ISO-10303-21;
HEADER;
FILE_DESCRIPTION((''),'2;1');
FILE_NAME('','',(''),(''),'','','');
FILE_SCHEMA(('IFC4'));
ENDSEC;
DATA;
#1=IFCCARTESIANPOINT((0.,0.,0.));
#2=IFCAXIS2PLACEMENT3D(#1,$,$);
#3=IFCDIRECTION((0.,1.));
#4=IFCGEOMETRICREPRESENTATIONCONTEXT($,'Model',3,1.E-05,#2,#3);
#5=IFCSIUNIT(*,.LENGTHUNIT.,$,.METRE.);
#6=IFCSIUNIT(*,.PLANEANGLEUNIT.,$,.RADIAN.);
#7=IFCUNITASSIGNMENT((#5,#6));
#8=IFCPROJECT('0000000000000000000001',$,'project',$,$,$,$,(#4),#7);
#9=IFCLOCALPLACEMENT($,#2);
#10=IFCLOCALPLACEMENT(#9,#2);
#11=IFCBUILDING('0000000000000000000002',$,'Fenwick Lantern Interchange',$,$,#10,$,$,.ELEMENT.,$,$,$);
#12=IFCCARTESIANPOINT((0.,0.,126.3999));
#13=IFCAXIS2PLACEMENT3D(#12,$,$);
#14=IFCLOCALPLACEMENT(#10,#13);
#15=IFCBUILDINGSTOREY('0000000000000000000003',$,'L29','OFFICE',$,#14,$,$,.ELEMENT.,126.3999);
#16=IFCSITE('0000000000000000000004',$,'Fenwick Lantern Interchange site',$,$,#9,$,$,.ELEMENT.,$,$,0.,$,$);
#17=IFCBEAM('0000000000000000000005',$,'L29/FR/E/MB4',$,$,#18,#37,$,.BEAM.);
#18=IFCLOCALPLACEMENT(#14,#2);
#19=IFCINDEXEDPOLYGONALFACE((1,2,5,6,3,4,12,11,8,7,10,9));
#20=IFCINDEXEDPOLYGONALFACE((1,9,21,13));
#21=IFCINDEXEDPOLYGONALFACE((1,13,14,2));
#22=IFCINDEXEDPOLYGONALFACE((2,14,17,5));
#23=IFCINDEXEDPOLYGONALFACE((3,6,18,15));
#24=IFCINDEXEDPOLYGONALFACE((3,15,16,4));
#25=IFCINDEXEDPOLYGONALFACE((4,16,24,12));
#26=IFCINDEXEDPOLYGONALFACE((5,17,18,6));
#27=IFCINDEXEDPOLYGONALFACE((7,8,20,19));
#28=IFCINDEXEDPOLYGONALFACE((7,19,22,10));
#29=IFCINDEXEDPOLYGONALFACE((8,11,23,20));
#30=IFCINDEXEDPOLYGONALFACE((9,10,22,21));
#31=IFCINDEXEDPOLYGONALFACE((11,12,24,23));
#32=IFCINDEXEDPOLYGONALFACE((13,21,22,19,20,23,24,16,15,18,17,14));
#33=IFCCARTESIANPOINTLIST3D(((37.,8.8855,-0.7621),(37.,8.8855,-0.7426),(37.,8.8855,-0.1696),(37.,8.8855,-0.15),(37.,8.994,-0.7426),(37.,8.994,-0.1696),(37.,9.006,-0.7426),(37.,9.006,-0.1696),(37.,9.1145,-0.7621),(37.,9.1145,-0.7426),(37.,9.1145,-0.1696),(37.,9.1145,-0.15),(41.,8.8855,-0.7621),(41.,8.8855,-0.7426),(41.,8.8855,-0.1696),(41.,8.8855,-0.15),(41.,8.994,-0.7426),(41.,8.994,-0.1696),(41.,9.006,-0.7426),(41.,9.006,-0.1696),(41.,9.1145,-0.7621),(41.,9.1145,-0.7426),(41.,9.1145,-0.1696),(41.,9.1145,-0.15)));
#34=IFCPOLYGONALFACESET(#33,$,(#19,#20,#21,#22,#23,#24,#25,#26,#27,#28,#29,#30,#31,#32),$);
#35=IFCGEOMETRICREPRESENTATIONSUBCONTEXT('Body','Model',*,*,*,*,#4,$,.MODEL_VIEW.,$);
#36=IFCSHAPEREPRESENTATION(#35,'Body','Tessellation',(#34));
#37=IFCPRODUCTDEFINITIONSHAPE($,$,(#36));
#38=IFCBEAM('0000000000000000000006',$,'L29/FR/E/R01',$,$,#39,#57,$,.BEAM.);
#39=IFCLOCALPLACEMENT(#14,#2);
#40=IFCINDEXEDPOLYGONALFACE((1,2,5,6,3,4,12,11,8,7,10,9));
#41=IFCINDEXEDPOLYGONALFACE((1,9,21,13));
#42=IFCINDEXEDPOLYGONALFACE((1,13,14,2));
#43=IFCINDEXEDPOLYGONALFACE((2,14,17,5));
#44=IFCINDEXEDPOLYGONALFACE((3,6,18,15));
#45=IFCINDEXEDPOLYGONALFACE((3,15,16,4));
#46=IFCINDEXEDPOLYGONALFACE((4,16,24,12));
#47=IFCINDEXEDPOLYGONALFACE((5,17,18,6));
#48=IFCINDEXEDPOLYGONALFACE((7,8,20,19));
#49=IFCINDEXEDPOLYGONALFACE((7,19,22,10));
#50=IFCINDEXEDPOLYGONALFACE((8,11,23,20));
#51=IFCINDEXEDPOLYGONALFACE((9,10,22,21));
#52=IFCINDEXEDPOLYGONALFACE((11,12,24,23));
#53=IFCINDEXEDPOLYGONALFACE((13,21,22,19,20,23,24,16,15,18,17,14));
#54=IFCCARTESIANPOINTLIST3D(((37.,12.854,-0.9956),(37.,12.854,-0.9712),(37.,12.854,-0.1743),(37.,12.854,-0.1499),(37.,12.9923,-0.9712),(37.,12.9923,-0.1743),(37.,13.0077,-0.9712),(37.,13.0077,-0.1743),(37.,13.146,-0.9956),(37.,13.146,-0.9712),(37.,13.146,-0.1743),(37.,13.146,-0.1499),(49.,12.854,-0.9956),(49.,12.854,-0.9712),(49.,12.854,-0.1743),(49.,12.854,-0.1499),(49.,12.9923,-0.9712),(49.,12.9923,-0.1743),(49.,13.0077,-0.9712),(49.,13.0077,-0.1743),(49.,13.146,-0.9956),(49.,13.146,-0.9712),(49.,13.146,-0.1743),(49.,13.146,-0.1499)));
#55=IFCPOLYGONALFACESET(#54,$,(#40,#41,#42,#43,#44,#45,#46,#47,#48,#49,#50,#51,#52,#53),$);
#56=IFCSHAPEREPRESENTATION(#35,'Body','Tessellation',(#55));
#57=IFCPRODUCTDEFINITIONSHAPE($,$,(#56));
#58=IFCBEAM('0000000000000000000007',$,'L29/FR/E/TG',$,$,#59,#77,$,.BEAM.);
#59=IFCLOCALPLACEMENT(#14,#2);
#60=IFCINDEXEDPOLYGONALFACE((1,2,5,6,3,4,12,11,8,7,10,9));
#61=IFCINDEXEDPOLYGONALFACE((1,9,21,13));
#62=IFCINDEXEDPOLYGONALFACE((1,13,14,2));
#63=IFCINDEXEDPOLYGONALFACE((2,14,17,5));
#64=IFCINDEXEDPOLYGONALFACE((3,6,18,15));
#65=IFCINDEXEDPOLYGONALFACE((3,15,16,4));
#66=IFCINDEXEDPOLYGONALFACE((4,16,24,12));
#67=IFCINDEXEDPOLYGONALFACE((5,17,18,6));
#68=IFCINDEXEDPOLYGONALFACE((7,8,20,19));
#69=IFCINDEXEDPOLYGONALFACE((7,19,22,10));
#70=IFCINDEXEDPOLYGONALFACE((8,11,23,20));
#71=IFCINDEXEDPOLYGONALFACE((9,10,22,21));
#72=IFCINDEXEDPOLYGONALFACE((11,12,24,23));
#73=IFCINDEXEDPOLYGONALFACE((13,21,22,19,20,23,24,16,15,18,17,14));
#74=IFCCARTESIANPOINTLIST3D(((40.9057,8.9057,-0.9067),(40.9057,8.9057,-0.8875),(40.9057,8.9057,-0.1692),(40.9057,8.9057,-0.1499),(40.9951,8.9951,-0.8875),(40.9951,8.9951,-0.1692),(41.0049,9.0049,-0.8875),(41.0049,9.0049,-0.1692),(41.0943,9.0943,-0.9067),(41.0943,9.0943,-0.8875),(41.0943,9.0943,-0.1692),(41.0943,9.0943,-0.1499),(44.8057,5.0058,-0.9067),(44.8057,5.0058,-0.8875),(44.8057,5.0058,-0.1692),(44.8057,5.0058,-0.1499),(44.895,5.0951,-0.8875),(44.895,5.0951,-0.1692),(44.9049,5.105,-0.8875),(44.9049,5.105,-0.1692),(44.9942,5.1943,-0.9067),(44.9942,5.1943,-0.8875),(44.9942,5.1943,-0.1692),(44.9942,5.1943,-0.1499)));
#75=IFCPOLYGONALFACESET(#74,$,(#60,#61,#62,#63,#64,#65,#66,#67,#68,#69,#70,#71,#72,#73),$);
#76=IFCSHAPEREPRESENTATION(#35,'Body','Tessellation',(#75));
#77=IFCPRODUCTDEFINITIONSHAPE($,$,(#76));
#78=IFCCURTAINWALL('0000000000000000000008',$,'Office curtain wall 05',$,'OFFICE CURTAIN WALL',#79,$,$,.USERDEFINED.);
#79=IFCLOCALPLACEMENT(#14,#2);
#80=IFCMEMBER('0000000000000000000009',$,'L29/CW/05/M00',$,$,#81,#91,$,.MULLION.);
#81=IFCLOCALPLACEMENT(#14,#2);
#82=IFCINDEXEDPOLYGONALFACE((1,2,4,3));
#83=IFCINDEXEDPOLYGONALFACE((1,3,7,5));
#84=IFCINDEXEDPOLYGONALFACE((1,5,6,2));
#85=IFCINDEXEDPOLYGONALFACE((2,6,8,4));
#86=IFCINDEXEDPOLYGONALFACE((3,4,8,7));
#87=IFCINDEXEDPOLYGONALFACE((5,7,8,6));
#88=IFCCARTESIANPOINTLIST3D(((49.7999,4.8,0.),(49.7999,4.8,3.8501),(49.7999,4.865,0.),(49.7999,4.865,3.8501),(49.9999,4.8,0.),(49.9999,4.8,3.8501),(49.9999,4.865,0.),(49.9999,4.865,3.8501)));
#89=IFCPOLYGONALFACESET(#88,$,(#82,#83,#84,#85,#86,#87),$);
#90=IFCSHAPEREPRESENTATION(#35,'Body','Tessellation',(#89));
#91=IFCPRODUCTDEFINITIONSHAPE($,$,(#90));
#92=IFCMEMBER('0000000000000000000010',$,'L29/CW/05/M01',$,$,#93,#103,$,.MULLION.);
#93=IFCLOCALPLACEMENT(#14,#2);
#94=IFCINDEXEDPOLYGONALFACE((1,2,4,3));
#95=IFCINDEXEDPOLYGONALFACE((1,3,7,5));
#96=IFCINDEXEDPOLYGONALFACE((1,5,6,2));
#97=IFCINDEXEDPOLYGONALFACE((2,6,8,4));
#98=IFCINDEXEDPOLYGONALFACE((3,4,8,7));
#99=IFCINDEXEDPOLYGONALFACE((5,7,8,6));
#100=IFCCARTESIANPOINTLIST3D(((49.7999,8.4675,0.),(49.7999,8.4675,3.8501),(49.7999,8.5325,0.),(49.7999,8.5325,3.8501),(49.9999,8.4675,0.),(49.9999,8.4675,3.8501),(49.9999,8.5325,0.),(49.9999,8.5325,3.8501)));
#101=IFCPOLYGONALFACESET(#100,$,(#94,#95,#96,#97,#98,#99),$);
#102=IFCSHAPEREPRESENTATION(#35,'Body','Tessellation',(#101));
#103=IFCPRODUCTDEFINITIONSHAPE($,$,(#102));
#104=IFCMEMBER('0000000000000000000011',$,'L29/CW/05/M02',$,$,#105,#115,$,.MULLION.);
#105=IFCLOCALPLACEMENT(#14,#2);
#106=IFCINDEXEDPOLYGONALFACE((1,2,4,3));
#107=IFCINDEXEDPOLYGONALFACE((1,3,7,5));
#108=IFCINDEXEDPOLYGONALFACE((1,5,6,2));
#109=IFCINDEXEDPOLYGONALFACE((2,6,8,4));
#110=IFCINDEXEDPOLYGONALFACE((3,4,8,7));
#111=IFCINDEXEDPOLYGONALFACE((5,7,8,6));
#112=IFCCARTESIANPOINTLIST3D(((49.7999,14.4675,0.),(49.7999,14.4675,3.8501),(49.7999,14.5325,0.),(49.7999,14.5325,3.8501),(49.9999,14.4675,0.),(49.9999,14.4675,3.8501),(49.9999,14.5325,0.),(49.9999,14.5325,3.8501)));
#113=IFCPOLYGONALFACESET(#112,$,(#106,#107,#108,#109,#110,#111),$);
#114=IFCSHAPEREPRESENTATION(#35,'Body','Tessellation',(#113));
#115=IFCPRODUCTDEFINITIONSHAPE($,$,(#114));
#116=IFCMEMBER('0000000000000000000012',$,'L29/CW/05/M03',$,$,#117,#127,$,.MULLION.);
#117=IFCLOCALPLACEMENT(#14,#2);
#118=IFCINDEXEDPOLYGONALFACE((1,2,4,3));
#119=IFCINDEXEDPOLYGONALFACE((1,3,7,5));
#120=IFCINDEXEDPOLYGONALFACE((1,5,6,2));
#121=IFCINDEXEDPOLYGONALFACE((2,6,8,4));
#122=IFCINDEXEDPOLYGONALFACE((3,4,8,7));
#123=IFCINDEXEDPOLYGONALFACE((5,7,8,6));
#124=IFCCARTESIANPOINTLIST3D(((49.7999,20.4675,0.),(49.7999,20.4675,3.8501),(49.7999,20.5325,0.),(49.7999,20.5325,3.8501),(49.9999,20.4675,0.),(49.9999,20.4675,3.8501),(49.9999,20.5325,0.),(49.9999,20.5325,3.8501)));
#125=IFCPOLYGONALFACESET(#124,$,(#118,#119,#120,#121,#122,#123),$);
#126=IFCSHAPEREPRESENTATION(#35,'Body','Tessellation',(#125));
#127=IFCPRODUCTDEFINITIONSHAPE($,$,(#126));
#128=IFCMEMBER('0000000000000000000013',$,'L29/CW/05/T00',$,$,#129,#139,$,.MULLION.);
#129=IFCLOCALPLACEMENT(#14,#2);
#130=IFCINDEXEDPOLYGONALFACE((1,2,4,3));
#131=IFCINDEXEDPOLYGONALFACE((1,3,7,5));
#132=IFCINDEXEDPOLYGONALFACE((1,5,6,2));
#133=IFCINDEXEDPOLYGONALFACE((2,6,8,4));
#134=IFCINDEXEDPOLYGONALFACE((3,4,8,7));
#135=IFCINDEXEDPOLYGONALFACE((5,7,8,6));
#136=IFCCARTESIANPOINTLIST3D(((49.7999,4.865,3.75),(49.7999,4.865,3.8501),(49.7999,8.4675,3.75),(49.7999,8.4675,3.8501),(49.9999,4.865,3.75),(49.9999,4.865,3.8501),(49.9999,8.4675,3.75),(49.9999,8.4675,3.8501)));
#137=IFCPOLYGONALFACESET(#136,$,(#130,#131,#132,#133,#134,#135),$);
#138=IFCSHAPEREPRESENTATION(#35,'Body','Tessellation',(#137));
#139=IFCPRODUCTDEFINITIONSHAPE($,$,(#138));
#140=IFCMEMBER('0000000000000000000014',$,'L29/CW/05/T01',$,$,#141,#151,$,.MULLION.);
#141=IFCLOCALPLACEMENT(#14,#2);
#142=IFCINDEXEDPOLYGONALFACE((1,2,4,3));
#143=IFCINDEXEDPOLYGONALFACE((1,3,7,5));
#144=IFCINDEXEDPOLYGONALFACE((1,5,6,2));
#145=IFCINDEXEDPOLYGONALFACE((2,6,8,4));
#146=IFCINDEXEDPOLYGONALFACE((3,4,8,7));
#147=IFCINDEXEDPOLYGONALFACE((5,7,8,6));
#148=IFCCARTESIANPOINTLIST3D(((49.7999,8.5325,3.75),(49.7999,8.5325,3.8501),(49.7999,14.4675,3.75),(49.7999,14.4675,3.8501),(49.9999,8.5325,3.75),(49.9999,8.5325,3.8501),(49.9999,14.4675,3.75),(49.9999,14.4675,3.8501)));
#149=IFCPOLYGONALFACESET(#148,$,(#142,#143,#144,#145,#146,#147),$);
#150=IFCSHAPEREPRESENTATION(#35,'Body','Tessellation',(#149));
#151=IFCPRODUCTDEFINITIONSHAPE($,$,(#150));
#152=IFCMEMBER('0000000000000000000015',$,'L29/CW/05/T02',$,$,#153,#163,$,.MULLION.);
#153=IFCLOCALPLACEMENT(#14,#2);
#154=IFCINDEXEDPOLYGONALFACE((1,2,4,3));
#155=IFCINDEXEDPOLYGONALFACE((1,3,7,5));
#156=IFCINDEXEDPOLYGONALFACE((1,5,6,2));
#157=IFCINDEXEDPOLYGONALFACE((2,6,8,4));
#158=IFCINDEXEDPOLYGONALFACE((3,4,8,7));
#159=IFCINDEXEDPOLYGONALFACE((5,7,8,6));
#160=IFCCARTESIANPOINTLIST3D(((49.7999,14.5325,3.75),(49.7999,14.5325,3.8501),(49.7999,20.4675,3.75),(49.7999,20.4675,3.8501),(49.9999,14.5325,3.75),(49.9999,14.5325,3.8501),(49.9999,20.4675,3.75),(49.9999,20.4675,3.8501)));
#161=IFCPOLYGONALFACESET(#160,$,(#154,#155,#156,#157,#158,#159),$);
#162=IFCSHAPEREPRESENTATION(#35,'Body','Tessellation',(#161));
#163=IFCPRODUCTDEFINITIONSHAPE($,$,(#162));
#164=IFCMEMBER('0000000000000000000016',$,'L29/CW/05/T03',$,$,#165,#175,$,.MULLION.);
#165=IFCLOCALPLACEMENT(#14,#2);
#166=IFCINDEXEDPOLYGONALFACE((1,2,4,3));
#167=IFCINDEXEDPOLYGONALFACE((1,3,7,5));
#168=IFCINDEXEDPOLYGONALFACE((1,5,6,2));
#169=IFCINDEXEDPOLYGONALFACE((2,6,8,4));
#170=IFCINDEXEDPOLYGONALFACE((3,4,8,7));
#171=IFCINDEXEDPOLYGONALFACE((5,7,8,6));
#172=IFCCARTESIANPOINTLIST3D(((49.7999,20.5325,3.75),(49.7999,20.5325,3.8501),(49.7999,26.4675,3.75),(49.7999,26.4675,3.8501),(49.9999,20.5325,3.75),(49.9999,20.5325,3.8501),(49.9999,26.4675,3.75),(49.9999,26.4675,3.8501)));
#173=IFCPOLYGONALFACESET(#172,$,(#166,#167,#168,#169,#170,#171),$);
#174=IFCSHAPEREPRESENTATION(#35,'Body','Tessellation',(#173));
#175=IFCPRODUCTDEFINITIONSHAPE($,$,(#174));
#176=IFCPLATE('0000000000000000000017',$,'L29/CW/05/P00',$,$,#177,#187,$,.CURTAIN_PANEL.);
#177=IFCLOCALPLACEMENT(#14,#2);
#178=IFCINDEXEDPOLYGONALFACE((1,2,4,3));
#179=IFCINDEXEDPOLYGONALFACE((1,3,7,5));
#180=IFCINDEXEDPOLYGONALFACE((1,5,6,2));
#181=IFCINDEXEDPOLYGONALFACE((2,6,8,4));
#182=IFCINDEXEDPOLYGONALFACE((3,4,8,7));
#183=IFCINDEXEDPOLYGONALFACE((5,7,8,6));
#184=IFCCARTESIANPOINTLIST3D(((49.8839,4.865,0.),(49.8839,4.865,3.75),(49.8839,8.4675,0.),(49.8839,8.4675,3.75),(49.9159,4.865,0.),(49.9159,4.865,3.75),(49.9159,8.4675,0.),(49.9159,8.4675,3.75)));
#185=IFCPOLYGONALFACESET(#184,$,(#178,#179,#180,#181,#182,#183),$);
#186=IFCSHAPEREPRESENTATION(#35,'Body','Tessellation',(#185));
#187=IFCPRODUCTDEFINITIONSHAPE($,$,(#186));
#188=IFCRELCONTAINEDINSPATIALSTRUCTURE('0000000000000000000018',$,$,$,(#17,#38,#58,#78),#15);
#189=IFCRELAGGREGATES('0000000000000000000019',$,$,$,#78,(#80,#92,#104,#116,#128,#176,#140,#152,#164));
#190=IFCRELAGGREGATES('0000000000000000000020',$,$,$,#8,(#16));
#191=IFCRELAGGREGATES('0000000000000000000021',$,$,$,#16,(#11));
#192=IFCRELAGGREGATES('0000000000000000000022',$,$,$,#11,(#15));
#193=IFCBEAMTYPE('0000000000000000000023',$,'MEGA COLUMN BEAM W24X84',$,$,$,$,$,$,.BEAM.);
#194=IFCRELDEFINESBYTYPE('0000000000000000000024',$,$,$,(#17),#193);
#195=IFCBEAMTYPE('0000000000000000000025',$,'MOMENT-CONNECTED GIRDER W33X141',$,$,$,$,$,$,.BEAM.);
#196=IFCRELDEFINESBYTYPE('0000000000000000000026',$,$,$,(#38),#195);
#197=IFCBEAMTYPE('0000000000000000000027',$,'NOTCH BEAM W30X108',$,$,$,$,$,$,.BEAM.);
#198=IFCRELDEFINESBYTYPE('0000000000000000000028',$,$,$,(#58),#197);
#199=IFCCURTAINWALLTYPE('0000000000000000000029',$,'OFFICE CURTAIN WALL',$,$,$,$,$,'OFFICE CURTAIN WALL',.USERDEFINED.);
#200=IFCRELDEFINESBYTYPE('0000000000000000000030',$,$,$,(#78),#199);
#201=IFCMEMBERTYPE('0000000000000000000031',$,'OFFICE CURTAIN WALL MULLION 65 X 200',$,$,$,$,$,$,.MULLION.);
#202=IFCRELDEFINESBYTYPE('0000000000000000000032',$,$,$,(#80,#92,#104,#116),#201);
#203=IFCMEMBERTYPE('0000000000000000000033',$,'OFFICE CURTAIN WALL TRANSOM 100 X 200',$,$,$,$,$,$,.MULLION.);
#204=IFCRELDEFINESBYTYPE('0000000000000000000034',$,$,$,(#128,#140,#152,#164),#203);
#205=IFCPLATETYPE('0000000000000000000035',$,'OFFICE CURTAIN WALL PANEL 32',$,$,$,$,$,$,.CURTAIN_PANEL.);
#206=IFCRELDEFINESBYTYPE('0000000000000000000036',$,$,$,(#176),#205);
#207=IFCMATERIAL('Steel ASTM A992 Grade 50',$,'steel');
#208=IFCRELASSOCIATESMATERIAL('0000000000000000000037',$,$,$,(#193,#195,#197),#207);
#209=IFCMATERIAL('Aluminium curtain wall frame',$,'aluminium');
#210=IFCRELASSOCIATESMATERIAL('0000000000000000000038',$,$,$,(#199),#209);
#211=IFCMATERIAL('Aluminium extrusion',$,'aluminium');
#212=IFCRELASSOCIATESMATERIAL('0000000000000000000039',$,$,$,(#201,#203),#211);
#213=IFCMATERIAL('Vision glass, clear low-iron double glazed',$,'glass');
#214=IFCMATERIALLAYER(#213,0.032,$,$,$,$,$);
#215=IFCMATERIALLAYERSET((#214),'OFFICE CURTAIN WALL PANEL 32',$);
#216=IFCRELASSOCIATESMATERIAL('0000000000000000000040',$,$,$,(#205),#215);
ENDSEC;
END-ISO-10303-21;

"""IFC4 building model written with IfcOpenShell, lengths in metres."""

from ifc_helpers import new_model, si_unit, direction, frame, origin, origin_2d, place, context, subcontext, project, spatial, rectangle, i_section, extrude, material, layer, layer_set, material_profile, profile_set, type_object, element, aggregate, save


model = new_model("IFC4")

# Units and contexts
model_context = context("Model", 3, precision=1e-05, world=origin(), true_north=direction((0.0, 1.0)))
body_context = subcontext(model_context, "Body", "Model", "MODEL_VIEW")
ifc_project = project(units=[si_unit("LENGTHUNIT", "METRE"), si_unit("PLANEANGLEUNIT", "RADIAN")], contexts=[model_context])

# Site, building, storey
site_placement = place(None, origin())
site = spatial("IfcSite", under=ifc_project, at=site_placement, Name="Fenwick Lantern Interchange site", CompositionType="ELEMENT", RefElevation=0.0)
building_placement = place(site_placement, origin())
building = spatial("IfcBuilding", under=site, at=building_placement, Name="Fenwick Lantern Interchange", CompositionType="ELEMENT")
storey_placement = place(building_placement, frame((0.0, 0.0, 126.3999)))
storey = spatial("IfcBuildingStorey", under=building, at=storey_placement, Name="L29", Description="OFFICE", CompositionType="ELEMENT", Elevation=126.3999)

# Shared definitions
ifc_material_1 = material(Name="Steel ASTM A992 Grade 50", Category="steel")

# Beams
ifc_material_profile_1 = material_profile(ifc_material_1, i_section(OverallWidth=0.229, OverallDepth=0.6121, WebThickness=0.012, FlangeThickness=0.0195, at=origin_2d()), Name="W24X84")
ifc_profile_set_1 = profile_set([ifc_material_profile_1], Name="Steel ASTM A992 Grade 50")
beam_type_1 = type_object("IfcBeamType", Name="MEGA COLUMN BEAM W24X84", PredefinedType="BEAM", material=ifc_profile_set_1)
beam_1_placement = place(storey_placement, frame((41.0, 9.0, -0.4561), z_axis=(-1.0, 0.0, 0.0), x_axis=(0.0, -1.0, 0.0)))
element("IfcBeam", 1, at=beam_1_placement, inside=storey, type_object=beam_type_1, Name="L29/FR/E/MB4", PredefinedType="BEAM", context=body_context, shape_type="SweptSolid", body=[
    extrude(i_section(OverallWidth=0.229, OverallDepth=0.6121, WebThickness=0.012, FlangeThickness=0.0195, at=origin_2d()), origin(), (0.0, 0.0, 1.0), 4.0),
])
ifc_material_profile_2 = material_profile(ifc_material_1, i_section(OverallWidth=0.292, OverallDepth=0.8457, WebThickness=0.0154, FlangeThickness=0.0244, at=origin_2d()), Name="W33X141")
ifc_profile_set_2 = profile_set([ifc_material_profile_2], Name="Steel ASTM A992 Grade 50")
beam_type_2 = type_object("IfcBeamType", Name="MOMENT-CONNECTED GIRDER W33X141", PredefinedType="BEAM", material=ifc_profile_set_2)
beam_2_placement = place(storey_placement, frame((49.0, 13.0, -0.5728), z_axis=(-1.0, 0.0, 0.0), x_axis=(0.0, -1.0, 0.0)))
element("IfcBeam", 2, at=beam_2_placement, inside=storey, type_object=beam_type_2, Name="L29/FR/E/R01", PredefinedType="BEAM", context=body_context, shape_type="SweptSolid", body=[
    extrude(i_section(OverallWidth=0.292, OverallDepth=0.8457, WebThickness=0.0154, FlangeThickness=0.0244, at=origin_2d()), origin(), (0.0, 0.0, 1.0), 12.0),
])
ifc_material_profile_3 = material_profile(ifc_material_1, i_section(OverallWidth=0.2666, OverallDepth=0.7568, WebThickness=0.0139, FlangeThickness=0.0193, at=origin_2d()), Name="W30X108")
ifc_profile_set_3 = profile_set([ifc_material_profile_3], Name="Steel ASTM A992 Grade 50")
beam_type_3 = type_object("IfcBeamType", Name="NOTCH BEAM W30X108", PredefinedType="BEAM", material=ifc_profile_set_3)
beam_3_placement = place(storey_placement, frame((41.0, 9.0, -0.5283), z_axis=(0.707107, -0.707107, 0.0), x_axis=(0.707107, 0.707107, 0.0)))
element("IfcBeam", 3, at=beam_3_placement, inside=storey, type_object=beam_type_3, Name="L29/FR/E/TG", PredefinedType="BEAM", context=body_context, shape_type="SweptSolid", body=[
    extrude(i_section(OverallWidth=0.2666, OverallDepth=0.7568, WebThickness=0.0139, FlangeThickness=0.0193, at=origin_2d()), origin(), (0.0, 0.0, 1.0), 5.5154),
])

# Curtain wall, members, plate
ifc_material_2 = material(Name="Aluminium curtain wall frame", Category="aluminium")
curtain_wall_type = type_object("IfcCurtainWallType", Name="OFFICE CURTAIN WALL", ElementType="OFFICE CURTAIN WALL", PredefinedType="USERDEFINED", material=ifc_material_2)
curtain_wall_placement = place(storey_placement, origin())
curtain_wall = element("IfcCurtainWall", 4, at=curtain_wall_placement, inside=storey, type_object=curtain_wall_type, Name="Office curtain wall 05", ObjectType="OFFICE CURTAIN WALL", PredefinedType="USERDEFINED")
ifc_material_3 = material(Name="Aluminium extrusion", Category="aluminium")
ifc_material_profile_4 = material_profile(ifc_material_3, rectangle(XDim=0.2, YDim=0.0649, at=origin_2d()), Name="OFFICE CURTAIN WALL MULLION 65 X 200")
ifc_profile_set_4 = profile_set([ifc_material_profile_4], Name="Aluminium extrusion")
member_type_1 = type_object("IfcMemberType", Name="OFFICE CURTAIN WALL MULLION 65 X 200", PredefinedType="MULLION", material=ifc_profile_set_4)
member_1_placement = place(storey_placement, frame((49.8999, 4.8325, 0.0), z_axis=(0.0, 0.0, 1.0), x_axis=(-1.0, 0.0, 0.0)))
member_1 = element("IfcMember", 5, at=member_1_placement, type_object=member_type_1, Name="L29/CW/05/M00", PredefinedType="MULLION", context=body_context, shape_type="SweptSolid", body=[
    extrude(rectangle(XDim=0.2, YDim=0.0649, at=origin_2d()), origin(), (0.0, 0.0, 1.0), 3.8501),
])
member_2_placement = place(storey_placement, frame((49.8999, 8.5, 0.0), z_axis=(0.0, 0.0, 1.0), x_axis=(-1.0, 0.0, 0.0)))
member_2 = element("IfcMember", 6, at=member_2_placement, type_object=member_type_1, Name="L29/CW/05/M01", PredefinedType="MULLION", context=body_context, shape_type="SweptSolid", body=[
    extrude(rectangle(XDim=0.2, YDim=0.0649, at=origin_2d()), origin(), (0.0, 0.0, 1.0), 3.8501),
])
member_3_placement = place(storey_placement, frame((49.8999, 14.5, 0.0), z_axis=(0.0, 0.0, 1.0), x_axis=(-1.0, 0.0, 0.0)))
member_3 = element("IfcMember", 7, at=member_3_placement, type_object=member_type_1, Name="L29/CW/05/M02", PredefinedType="MULLION", context=body_context, shape_type="SweptSolid", body=[
    extrude(rectangle(XDim=0.2, YDim=0.0649, at=origin_2d()), origin(), (0.0, 0.0, 1.0), 3.8501),
])
member_4_placement = place(storey_placement, frame((49.8999, 20.5, 0.0), z_axis=(0.0, 0.0, 1.0), x_axis=(-1.0, 0.0, 0.0)))
member_4 = element("IfcMember", 8, at=member_4_placement, type_object=member_type_1, Name="L29/CW/05/M03", PredefinedType="MULLION", context=body_context, shape_type="SweptSolid", body=[
    extrude(rectangle(XDim=0.2, YDim=0.0649, at=origin_2d()), origin(), (0.0, 0.0, 1.0), 3.8501),
])
ifc_material_profile_5 = material_profile(ifc_material_3, rectangle(XDim=0.2, YDim=0.1001, at=origin_2d()), Name="OFFICE CURTAIN WALL TRANSOM 100 X 200")
ifc_profile_set_5 = profile_set([ifc_material_profile_5], Name="Aluminium extrusion")
member_type_2 = type_object("IfcMemberType", Name="OFFICE CURTAIN WALL TRANSOM 100 X 200", PredefinedType="MULLION", material=ifc_profile_set_5)
member_5_placement = place(storey_placement, frame((49.8999, 4.865, 3.8), z_axis=(0.0, 1.0, 0.0), x_axis=(-1.0, 0.0, 0.0)))
member_5 = element("IfcMember", 9, at=member_5_placement, type_object=member_type_2, Name="L29/CW/05/T00", PredefinedType="MULLION", context=body_context, shape_type="SweptSolid", body=[
    extrude(rectangle(XDim=0.2, YDim=0.1001, at=origin_2d()), origin(), (0.0, 0.0, 1.0), 3.6025),
])
member_6_placement = place(storey_placement, frame((49.8999, 8.5325, 3.8), z_axis=(0.0, 1.0, 0.0), x_axis=(-1.0, 0.0, 0.0)))
member_6 = element("IfcMember", 10, at=member_6_placement, type_object=member_type_2, Name="L29/CW/05/T01", PredefinedType="MULLION", context=body_context, shape_type="SweptSolid", body=[
    extrude(rectangle(XDim=0.2, YDim=0.1001, at=origin_2d()), origin(), (0.0, 0.0, 1.0), 5.9351),
])
member_7_placement = place(storey_placement, frame((49.8999, 14.5325, 3.8), z_axis=(0.0, 1.0, 0.0), x_axis=(-1.0, 0.0, 0.0)))
member_7 = element("IfcMember", 11, at=member_7_placement, type_object=member_type_2, Name="L29/CW/05/T02", PredefinedType="MULLION", context=body_context, shape_type="SweptSolid", body=[
    extrude(rectangle(XDim=0.2, YDim=0.1001, at=origin_2d()), origin(), (0.0, 0.0, 1.0), 5.9351),
])
member_8_placement = place(storey_placement, frame((49.8999, 20.5325, 3.8), z_axis=(0.0, 1.0, 0.0), x_axis=(-1.0, 0.0, 0.0)))
member_8 = element("IfcMember", 12, at=member_8_placement, type_object=member_type_2, Name="L29/CW/05/T03", PredefinedType="MULLION", context=body_context, shape_type="SweptSolid", body=[
    extrude(rectangle(XDim=0.2, YDim=0.1001, at=origin_2d()), origin(), (0.0, 0.0, 1.0), 5.9351),
])
ifc_material_4 = material(Name="Vision glass, clear low-iron double glazed", Category="glass")
ifc_layer_1 = layer(ifc_material_4, 0.032)
ifc_layer_set_1 = layer_set([ifc_layer_1], Name="OFFICE CURTAIN WALL PANEL 32")
plate_type = type_object("IfcPlateType", Name="OFFICE CURTAIN WALL PANEL 32", PredefinedType="CURTAIN_PANEL", material=ifc_layer_set_1)
plate_placement = place(storey_placement, frame((49.8999, 6.6663, 0.0), z_axis=(0.0, 0.0, 1.0), x_axis=(0.0, 1.0, 0.0)))
plate = element("IfcPlate", 13, at=plate_placement, type_object=plate_type, Name="L29/CW/05/P00", PredefinedType="CURTAIN_PANEL", context=body_context, shape_type="SweptSolid", body=[
    extrude(rectangle(XDim=3.6025, YDim=0.032, at=origin_2d()), origin(), (0.0, 0.0, 1.0), 3.75),
])
aggregate(curtain_wall, [member_1, member_2, member_3, member_4, member_5, plate, member_6, member_7, member_8])

save(model, "model.ifc")
